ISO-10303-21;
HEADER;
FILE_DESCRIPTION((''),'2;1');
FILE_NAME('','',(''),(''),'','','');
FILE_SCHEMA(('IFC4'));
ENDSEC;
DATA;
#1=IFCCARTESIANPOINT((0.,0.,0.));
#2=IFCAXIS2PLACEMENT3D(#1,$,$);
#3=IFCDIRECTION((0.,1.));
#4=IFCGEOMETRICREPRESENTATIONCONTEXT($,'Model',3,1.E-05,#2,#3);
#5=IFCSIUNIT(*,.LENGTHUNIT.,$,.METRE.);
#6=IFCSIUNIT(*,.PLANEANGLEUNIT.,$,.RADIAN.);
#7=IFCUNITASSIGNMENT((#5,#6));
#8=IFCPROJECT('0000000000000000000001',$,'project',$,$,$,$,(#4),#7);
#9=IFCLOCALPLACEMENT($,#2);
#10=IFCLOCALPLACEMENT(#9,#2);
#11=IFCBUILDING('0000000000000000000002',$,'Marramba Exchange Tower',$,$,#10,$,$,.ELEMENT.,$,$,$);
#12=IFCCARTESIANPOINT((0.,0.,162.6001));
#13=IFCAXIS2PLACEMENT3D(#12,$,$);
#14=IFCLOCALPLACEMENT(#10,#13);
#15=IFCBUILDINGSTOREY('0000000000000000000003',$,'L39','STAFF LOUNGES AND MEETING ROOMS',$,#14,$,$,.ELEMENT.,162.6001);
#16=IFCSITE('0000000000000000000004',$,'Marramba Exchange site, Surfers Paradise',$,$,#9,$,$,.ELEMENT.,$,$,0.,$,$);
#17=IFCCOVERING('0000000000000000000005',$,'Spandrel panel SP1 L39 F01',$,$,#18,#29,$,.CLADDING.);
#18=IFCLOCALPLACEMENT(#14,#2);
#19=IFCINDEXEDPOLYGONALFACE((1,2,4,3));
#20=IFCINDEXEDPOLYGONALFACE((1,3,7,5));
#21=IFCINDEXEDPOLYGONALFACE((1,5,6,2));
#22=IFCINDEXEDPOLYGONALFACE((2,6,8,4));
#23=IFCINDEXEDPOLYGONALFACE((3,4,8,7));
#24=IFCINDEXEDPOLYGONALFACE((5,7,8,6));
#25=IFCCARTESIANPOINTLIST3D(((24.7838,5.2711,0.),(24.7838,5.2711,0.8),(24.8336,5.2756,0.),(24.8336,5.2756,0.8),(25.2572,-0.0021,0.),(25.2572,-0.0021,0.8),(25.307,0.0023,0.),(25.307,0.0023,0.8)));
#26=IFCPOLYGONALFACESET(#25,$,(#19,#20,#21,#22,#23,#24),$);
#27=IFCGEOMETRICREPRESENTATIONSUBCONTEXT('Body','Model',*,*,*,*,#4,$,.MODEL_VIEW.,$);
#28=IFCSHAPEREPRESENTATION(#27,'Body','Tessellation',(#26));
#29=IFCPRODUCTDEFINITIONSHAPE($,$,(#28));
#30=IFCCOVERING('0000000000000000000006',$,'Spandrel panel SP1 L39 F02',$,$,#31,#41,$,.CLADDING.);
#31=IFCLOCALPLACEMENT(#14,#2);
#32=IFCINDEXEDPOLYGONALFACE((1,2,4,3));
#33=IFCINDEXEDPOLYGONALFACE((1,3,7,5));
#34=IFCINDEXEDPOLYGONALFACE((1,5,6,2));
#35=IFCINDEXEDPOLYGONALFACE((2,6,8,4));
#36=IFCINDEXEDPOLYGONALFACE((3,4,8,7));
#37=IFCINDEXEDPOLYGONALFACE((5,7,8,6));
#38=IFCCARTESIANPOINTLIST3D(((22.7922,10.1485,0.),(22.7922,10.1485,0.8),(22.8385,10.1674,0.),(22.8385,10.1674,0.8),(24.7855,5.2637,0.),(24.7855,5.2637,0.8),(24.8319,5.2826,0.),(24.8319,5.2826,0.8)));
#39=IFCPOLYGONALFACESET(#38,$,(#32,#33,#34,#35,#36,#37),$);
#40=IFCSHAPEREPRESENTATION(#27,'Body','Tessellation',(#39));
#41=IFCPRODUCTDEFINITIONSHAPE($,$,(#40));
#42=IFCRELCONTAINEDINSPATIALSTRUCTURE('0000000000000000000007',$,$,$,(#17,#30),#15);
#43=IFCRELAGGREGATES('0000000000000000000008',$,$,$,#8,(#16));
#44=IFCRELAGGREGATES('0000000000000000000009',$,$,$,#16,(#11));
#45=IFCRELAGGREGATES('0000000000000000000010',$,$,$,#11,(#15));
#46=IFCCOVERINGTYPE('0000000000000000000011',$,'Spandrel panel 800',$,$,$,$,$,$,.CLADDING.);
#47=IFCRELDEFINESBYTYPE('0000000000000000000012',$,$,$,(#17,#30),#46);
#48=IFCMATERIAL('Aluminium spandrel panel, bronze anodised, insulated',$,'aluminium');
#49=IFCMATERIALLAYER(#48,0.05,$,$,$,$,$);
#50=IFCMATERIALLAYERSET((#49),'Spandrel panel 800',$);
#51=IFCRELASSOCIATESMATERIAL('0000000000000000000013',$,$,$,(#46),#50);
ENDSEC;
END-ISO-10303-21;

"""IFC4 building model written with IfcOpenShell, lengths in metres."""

from ifc_helpers import new_model, si_unit, direction, frame, origin, origin_2d, place, context, subcontext, project, spatial, rectangle, extrude, material, layer, layer_set, type_object, element, save


model = new_model("IFC4")

# Units and contexts
model_context = context("Model", 3, precision=1e-05, world=origin(), true_north=direction((0.0, 1.0)))
body_context = subcontext(model_context, "Body", "Model", "MODEL_VIEW")
ifc_project = project(units=[si_unit("LENGTHUNIT", "METRE"), si_unit("PLANEANGLEUNIT", "RADIAN")], contexts=[model_context])

# Site, building, storey
site_placement = place(None, origin())
site = spatial("IfcSite", under=ifc_project, at=site_placement, Name="Marramba Exchange site, Surfers Paradise", CompositionType="ELEMENT", RefElevation=0.0)
building_placement = place(site_placement, origin())
building = spatial("IfcBuilding", under=site, at=building_placement, Name="Marramba Exchange Tower", CompositionType="ELEMENT")
storey_placement = place(building_placement, frame((0.0, 0.0, 162.6001)))
storey = spatial("IfcBuildingStorey", under=building, at=storey_placement, Name="L39", Description="STAFF LOUNGES AND MEETING ROOMS", CompositionType="ELEMENT", Elevation=162.6001)

# Coverings
ifc_material_1 = material(Name="Aluminium spandrel panel, bronze anodised, insulated", Category="aluminium")
ifc_layer_1 = layer(ifc_material_1, 0.05)
ifc_layer_set_1 = layer_set([ifc_layer_1], Name="Spandrel panel 800")
covering_type = type_object("IfcCoveringType", Name="Spandrel panel 800", PredefinedType="CLADDING", material=ifc_layer_set_1)
covering_1_placement = place(storey_placement, frame((25.0454, 2.6367, 0.0), z_axis=(0.0, 0.0, 1.0), x_axis=(-0.089413, 0.995995, 0.0)))
element("IfcCovering", 1, at=covering_1_placement, inside=storey, type_object=covering_type, Name="Spandrel panel SP1 L39 F01", PredefinedType="CLADDING", context=body_context, shape_type="SweptSolid", body=[
    extrude(rectangle(XDim=5.2944, YDim=0.05, at=origin_2d()), origin(), (0.0, 0.0, 1.0), 0.8),
])
covering_2_placement = place(storey_placement, frame((23.812, 7.7156, 0.0), z_axis=(0.0, 0.0, 1.0), x_axis=(-0.377821, 0.925879, 0.0)))
element("IfcCovering", 2, at=covering_2_placement, inside=storey, type_object=covering_type, Name="Spandrel panel SP1 L39 F02", PredefinedType="CLADDING", context=body_context, shape_type="SweptSolid", body=[
    extrude(rectangle(XDim=5.2759, YDim=0.05, at=origin_2d()), origin(), (0.0, 0.0, 1.0), 0.8),
])

save(model, "model.ifc")
